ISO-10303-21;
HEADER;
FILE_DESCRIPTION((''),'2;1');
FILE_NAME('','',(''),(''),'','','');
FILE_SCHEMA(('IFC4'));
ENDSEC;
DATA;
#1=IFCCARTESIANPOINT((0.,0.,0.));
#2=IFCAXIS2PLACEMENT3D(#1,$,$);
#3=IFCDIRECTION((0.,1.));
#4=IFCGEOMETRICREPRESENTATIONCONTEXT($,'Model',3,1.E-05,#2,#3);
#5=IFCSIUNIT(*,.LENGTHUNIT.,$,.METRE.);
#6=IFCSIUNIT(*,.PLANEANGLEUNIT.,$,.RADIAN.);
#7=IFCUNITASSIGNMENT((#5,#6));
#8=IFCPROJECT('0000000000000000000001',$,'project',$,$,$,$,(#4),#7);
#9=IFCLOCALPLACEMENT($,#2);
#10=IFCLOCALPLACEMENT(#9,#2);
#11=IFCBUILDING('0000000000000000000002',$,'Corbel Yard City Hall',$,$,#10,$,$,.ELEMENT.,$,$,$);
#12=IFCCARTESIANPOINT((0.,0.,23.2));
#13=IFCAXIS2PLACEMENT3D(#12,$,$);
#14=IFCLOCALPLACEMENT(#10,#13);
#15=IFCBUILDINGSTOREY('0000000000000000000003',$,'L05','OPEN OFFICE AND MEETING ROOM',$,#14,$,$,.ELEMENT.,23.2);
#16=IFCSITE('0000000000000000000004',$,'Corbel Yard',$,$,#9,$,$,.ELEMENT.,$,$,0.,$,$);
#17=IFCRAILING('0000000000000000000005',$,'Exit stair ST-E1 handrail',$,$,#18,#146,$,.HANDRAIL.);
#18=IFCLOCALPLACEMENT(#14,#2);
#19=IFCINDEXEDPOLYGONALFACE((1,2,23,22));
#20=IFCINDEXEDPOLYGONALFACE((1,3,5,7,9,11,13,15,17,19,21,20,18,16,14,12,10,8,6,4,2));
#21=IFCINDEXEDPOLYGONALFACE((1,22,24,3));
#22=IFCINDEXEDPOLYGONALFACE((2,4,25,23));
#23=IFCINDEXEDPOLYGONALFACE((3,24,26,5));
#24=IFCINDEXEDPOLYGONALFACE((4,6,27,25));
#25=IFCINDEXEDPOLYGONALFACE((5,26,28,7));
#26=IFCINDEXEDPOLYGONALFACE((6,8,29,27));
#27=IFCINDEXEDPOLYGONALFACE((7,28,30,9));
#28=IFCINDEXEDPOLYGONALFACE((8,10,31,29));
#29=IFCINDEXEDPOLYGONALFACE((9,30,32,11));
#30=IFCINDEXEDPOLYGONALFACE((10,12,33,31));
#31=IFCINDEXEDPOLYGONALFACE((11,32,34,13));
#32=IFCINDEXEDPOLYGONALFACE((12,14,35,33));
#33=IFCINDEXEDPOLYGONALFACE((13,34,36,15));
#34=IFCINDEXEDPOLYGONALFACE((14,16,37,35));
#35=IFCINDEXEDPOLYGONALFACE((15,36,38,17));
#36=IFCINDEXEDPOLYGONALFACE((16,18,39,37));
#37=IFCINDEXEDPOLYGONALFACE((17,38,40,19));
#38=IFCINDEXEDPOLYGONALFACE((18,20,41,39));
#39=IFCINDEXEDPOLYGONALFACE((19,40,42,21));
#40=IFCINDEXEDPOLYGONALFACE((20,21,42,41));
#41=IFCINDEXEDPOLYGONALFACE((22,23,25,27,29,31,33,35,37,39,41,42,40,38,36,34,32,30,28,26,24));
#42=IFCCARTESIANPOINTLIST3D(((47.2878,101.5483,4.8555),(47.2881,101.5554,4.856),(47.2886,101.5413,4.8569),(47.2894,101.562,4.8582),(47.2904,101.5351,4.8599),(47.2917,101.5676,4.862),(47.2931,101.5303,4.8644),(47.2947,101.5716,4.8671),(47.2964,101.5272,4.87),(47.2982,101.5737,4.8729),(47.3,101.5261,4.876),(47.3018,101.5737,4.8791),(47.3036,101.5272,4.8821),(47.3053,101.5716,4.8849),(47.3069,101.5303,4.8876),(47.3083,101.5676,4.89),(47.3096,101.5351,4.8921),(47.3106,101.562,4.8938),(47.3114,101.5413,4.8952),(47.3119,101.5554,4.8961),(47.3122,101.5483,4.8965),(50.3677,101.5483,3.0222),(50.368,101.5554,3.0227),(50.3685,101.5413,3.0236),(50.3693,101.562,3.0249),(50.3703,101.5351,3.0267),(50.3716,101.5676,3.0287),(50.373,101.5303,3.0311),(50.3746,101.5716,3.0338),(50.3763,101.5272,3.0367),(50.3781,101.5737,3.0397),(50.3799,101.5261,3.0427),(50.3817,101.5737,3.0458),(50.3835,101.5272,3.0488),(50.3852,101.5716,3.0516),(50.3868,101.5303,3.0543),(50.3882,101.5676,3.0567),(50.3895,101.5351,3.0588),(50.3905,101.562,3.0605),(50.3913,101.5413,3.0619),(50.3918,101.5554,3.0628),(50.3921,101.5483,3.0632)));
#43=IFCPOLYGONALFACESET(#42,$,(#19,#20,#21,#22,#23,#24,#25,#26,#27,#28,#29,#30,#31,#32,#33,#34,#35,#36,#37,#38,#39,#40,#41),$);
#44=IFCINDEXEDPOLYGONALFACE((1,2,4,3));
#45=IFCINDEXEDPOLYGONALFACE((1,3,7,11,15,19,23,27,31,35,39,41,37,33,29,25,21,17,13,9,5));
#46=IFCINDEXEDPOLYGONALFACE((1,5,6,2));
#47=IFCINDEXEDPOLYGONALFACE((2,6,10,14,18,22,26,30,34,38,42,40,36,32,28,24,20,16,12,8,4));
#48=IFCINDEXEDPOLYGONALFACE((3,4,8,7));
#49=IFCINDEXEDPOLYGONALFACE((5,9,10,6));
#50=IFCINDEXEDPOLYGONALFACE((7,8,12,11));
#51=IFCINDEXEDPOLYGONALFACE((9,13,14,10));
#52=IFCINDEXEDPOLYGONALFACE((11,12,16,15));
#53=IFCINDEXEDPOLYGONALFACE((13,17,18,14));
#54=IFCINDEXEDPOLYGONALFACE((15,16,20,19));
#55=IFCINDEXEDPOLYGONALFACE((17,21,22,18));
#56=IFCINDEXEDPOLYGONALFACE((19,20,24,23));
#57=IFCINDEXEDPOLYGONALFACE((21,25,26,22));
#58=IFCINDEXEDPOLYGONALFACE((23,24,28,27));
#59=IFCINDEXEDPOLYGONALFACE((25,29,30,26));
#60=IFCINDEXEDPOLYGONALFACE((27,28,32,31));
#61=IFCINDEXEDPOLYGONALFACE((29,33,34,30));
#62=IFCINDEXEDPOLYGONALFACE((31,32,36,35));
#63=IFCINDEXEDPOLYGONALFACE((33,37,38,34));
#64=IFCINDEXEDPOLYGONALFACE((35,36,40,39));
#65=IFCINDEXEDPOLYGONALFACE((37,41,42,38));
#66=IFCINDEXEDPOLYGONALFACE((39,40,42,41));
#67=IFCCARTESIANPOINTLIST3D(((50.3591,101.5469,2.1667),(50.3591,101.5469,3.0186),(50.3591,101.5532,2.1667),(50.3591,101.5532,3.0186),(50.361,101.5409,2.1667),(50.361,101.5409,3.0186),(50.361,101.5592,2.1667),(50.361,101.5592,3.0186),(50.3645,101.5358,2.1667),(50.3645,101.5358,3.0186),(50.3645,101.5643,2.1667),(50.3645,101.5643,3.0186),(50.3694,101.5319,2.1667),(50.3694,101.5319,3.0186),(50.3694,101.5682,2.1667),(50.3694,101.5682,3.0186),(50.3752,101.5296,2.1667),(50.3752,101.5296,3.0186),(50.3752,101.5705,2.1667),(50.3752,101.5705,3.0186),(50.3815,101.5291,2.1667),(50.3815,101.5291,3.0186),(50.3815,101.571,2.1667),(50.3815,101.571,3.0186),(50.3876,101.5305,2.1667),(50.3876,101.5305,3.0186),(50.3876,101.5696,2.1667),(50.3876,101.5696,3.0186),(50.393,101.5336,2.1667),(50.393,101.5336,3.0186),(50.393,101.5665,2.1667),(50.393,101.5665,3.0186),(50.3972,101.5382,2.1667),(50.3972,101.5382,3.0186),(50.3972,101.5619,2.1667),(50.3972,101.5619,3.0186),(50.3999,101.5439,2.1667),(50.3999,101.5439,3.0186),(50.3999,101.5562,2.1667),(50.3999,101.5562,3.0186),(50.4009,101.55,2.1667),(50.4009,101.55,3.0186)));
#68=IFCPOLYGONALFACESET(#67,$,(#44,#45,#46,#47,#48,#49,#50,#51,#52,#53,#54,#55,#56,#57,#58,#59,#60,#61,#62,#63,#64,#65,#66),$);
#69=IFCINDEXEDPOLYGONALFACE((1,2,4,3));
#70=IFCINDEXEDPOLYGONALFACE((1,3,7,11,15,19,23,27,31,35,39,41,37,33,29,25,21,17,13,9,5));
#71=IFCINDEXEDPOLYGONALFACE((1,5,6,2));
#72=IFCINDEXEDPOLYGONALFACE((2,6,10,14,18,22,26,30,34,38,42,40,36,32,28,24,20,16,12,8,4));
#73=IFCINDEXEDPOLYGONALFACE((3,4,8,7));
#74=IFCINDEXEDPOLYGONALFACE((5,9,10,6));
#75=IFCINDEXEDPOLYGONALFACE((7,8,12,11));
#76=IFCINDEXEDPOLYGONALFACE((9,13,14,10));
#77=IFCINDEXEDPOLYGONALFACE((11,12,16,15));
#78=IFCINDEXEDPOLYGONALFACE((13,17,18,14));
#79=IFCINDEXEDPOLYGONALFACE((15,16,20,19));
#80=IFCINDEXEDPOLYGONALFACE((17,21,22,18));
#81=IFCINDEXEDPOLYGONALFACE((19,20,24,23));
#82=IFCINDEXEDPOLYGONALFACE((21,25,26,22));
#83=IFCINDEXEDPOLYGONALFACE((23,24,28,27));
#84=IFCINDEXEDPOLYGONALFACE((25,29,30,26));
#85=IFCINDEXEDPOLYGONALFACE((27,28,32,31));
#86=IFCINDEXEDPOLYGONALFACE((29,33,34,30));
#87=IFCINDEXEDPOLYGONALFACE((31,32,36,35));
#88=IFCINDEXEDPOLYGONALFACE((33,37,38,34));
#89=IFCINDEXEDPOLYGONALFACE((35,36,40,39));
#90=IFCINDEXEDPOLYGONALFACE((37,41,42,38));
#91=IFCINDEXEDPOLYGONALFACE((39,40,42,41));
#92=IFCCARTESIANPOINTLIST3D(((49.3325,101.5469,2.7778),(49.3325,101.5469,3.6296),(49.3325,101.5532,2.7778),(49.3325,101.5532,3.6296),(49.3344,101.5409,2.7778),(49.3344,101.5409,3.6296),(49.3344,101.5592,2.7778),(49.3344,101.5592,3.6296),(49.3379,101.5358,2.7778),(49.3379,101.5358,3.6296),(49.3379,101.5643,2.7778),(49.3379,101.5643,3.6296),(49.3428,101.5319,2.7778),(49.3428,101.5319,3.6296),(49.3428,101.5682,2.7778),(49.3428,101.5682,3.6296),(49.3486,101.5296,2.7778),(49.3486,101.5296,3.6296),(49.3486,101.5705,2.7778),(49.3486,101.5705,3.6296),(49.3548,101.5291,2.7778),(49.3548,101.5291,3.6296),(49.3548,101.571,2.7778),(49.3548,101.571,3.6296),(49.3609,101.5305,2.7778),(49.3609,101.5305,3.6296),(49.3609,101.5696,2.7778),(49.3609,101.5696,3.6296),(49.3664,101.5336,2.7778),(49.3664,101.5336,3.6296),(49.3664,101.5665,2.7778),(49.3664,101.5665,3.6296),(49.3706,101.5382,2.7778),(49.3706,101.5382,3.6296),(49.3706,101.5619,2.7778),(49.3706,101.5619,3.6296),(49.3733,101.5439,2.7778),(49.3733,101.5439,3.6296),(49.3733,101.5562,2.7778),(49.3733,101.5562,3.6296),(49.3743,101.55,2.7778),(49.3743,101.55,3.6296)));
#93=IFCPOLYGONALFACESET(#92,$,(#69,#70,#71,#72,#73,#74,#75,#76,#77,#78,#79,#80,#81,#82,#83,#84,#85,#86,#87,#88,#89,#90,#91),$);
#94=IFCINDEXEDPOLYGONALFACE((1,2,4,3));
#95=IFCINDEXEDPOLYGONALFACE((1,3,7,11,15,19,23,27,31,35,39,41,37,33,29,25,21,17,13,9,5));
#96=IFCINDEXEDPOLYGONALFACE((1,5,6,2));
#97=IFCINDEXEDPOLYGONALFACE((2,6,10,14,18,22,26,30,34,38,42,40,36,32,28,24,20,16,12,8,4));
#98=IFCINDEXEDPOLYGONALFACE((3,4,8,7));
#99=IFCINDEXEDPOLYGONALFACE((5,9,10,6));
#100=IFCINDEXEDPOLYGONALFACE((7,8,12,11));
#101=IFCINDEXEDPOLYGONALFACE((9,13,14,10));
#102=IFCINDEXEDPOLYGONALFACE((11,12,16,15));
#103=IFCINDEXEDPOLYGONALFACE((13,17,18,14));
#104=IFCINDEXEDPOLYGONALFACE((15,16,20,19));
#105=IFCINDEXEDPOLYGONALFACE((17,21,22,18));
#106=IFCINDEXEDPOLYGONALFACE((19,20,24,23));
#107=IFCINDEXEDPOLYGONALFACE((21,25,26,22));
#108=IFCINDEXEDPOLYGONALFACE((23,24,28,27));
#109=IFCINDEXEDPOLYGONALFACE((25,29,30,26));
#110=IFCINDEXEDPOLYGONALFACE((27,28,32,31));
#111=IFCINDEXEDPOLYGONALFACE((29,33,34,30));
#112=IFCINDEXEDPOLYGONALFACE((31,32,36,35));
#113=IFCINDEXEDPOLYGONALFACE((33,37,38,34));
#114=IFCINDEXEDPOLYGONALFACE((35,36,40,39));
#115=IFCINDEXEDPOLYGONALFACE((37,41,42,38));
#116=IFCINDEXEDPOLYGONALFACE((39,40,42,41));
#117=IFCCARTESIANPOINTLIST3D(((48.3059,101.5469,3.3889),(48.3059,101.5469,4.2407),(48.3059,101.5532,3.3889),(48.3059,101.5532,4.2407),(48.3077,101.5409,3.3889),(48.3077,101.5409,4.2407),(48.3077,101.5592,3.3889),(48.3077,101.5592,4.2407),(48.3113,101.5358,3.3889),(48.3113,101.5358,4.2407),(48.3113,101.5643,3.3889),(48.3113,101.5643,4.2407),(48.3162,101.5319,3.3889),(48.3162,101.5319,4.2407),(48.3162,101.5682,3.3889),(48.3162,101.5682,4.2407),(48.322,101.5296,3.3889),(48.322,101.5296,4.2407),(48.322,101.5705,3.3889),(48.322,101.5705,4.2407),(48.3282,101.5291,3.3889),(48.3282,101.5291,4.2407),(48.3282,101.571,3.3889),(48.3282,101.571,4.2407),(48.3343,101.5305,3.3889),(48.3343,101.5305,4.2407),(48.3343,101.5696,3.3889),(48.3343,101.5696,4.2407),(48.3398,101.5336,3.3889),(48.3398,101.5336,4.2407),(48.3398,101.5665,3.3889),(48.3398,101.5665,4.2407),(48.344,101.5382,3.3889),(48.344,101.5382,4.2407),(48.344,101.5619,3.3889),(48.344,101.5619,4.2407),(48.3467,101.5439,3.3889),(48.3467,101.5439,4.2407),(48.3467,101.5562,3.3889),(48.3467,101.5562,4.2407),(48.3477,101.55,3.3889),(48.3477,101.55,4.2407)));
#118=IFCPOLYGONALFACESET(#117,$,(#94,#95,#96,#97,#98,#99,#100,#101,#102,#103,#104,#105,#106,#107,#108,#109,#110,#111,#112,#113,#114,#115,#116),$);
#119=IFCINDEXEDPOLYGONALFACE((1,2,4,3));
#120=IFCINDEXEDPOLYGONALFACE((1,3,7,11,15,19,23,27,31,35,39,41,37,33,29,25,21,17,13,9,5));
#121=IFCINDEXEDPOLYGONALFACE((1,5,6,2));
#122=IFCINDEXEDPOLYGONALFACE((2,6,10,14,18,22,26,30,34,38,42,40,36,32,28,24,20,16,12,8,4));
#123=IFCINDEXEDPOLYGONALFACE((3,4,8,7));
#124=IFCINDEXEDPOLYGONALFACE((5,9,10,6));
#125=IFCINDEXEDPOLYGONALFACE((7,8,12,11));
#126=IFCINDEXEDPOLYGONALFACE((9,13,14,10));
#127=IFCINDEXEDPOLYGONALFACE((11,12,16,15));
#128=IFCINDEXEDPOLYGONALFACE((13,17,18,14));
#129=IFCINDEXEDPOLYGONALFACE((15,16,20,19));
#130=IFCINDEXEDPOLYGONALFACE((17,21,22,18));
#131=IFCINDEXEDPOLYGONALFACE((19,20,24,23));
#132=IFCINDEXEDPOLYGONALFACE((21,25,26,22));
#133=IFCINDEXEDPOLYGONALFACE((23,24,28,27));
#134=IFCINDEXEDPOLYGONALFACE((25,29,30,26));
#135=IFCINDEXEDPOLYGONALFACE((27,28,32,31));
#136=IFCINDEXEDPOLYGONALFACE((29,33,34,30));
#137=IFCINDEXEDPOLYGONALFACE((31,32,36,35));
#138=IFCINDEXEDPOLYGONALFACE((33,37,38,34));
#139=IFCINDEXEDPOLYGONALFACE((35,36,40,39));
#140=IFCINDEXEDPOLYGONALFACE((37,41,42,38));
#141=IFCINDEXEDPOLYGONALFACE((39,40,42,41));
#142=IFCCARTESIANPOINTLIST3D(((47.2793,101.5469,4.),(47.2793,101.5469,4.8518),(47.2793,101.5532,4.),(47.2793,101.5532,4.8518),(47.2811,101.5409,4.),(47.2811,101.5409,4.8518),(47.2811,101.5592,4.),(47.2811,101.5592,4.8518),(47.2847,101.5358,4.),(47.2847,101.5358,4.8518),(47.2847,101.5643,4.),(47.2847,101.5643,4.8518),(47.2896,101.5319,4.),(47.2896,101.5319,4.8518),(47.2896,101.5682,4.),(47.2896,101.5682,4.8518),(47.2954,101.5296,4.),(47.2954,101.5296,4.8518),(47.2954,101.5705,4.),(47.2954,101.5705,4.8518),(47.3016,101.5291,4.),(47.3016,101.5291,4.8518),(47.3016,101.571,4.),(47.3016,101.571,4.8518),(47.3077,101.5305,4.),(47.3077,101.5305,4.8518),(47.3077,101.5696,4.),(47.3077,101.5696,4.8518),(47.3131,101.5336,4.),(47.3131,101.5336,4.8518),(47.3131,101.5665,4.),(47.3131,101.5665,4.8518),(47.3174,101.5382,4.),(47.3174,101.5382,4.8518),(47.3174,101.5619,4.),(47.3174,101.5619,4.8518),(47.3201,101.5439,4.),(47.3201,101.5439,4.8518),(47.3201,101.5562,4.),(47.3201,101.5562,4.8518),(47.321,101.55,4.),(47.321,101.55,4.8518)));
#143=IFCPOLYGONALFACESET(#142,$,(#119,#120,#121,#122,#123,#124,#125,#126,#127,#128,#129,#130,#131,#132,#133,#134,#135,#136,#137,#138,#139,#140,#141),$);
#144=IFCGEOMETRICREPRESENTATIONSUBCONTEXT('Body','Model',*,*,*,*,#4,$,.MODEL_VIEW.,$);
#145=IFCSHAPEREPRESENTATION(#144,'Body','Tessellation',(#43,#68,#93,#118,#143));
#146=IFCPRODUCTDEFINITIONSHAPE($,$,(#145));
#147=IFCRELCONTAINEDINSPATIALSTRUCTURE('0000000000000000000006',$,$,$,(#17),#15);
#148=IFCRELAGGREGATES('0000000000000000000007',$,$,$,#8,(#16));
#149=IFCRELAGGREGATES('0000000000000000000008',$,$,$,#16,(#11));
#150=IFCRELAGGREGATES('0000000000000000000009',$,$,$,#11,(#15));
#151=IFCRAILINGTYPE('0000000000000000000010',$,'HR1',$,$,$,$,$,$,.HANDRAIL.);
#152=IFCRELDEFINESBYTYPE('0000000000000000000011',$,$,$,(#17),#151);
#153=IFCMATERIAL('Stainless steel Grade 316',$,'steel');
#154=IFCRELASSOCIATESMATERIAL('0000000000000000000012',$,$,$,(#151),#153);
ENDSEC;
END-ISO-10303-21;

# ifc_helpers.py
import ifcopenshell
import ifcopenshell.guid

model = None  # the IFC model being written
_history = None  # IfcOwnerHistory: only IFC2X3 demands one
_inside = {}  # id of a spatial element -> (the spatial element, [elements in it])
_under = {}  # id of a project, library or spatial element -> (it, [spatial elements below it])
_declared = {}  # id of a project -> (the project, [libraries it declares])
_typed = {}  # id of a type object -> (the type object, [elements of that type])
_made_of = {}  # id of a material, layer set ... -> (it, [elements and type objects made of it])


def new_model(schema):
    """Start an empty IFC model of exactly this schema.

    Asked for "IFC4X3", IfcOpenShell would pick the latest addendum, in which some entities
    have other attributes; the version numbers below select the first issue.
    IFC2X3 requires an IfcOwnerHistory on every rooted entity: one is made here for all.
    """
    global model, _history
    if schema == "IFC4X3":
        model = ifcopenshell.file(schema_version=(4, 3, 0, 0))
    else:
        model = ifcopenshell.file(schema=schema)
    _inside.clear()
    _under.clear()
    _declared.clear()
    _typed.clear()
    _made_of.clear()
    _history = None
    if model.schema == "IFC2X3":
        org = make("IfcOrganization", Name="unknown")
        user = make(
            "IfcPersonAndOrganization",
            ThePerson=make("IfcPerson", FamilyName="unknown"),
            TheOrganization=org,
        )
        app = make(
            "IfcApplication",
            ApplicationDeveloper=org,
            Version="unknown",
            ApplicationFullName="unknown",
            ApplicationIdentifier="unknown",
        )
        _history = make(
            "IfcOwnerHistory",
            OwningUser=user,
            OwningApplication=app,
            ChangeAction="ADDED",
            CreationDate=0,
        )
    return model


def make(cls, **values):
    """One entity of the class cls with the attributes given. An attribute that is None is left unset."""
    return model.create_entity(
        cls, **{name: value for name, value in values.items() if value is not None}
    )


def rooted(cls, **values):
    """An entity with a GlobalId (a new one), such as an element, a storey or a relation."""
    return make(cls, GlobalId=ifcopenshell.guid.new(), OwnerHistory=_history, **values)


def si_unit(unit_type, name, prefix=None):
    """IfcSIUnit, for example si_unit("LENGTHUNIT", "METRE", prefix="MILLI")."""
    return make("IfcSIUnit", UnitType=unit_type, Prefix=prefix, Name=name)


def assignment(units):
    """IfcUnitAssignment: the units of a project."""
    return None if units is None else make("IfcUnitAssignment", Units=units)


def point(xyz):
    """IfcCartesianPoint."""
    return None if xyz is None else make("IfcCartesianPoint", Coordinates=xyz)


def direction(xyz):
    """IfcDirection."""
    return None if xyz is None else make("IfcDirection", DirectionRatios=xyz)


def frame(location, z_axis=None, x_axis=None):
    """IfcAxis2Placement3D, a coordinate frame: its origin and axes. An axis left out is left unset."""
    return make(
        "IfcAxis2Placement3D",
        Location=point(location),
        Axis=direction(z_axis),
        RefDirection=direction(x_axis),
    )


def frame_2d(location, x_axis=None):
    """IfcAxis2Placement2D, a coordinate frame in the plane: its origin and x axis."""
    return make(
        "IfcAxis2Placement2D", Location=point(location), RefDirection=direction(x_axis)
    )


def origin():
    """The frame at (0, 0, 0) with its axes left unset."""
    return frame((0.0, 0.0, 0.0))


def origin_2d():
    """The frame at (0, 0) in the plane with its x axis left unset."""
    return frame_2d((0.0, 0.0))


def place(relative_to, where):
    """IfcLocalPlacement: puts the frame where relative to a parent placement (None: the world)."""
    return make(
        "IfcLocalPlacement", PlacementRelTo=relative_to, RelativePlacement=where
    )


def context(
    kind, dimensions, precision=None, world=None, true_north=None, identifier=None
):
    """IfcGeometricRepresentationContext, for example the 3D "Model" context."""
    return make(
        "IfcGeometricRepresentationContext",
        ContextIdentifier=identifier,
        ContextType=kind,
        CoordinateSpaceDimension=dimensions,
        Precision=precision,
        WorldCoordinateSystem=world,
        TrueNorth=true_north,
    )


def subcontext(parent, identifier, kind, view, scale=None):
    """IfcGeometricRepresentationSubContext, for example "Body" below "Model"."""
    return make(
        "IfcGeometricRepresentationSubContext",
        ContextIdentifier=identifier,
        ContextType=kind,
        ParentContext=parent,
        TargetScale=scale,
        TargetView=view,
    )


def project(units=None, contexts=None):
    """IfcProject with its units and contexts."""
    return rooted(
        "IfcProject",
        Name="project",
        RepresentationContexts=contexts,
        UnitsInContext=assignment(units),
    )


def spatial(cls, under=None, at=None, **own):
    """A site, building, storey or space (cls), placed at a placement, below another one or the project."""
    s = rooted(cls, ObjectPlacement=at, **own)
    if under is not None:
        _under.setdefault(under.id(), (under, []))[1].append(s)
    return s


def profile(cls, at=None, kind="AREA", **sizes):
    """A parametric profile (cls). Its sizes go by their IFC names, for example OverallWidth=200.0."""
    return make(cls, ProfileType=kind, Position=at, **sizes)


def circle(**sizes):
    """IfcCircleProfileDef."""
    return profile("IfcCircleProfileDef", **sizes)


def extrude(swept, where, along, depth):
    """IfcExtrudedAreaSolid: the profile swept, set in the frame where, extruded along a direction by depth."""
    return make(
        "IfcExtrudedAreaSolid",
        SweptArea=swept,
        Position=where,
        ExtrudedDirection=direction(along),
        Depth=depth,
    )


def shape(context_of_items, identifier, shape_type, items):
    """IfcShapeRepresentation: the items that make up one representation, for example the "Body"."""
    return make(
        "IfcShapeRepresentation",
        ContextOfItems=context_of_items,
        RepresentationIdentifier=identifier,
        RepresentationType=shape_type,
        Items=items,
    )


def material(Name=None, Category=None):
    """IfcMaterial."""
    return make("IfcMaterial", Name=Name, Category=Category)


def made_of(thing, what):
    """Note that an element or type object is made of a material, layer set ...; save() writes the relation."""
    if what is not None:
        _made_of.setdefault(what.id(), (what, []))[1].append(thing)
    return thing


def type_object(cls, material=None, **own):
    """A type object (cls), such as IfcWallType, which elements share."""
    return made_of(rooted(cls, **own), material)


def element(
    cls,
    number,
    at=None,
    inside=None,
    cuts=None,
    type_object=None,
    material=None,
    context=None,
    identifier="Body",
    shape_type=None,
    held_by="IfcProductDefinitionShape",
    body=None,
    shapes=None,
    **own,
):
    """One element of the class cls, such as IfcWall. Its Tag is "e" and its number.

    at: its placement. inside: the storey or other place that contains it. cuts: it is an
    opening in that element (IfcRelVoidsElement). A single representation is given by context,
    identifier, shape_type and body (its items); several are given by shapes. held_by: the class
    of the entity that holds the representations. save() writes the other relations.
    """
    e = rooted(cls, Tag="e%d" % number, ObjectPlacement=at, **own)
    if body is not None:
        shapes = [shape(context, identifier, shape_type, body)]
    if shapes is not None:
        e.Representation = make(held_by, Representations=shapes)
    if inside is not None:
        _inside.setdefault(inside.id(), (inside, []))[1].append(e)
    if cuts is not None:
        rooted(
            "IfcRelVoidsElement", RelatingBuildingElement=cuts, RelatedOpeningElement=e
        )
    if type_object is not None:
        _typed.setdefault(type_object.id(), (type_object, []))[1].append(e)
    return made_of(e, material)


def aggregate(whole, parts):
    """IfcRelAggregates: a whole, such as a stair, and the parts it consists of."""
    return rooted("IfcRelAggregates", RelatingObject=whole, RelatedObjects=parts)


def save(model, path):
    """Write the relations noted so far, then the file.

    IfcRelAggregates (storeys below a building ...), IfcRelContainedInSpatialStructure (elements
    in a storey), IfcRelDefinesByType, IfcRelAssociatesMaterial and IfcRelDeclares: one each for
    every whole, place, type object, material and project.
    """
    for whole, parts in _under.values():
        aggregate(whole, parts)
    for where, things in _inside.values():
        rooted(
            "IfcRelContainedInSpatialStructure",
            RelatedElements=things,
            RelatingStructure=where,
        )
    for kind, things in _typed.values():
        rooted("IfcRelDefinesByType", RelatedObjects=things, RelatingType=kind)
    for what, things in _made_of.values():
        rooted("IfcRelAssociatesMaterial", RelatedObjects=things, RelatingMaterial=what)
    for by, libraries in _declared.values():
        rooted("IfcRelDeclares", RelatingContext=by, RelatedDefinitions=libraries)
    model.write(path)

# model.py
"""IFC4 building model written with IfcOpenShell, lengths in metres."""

from ifc_helpers import new_model, si_unit, direction, frame, origin, origin_2d, place, context, subcontext, project, spatial, circle, extrude, material, type_object, element, save


model = new_model("IFC4")

# Units and contexts
model_context = context("Model", 3, precision=1e-05, world=origin(), true_north=direction((0.0, 1.0)))
body_context = subcontext(model_context, "Body", "Model", "MODEL_VIEW")
ifc_project = project(units=[si_unit("LENGTHUNIT", "METRE"), si_unit("PLANEANGLEUNIT", "RADIAN")], contexts=[model_context])

# Site, building, storey
site_placement = place(None, origin())
site = spatial("IfcSite", under=ifc_project, at=site_placement, Name="Corbel Yard", CompositionType="ELEMENT", RefElevation=0.0)
building_placement = place(site_placement, origin())
building = spatial("IfcBuilding", under=site, at=building_placement, Name="Corbel Yard City Hall", CompositionType="ELEMENT")
storey_placement = place(building_placement, frame((0.0, 0.0, 23.2)))
storey = spatial("IfcBuildingStorey", under=building, at=storey_placement, Name="L05", Description="OPEN OFFICE AND MEETING ROOM", CompositionType="ELEMENT", Elevation=23.2)

# Railing
ifc_material_1 = material(Name="Stainless steel Grade 316", Category="steel")
railing_type = type_object("IfcRailingType", Name="HR1", PredefinedType="HANDRAIL", material=ifc_material_1)
for number, where, name in (
    (1, (50.3799, 101.55, 2.1667), "Exit stair ST-E1 handrail"),
):
    element("IfcRailing", number, at=place(storey_placement, frame(where)), inside=storey, type_object=railing_type, Name=name, PredefinedType="HANDRAIL", context=body_context, shape_type="SweptSolid", body=[
        extrude(circle(Radius=0.0239, at=origin_2d()), frame((0.0, 0.0, 0.876), z_axis=(-0.859291, 0.0, 0.511487), x_axis=(0.0, -1.0, 0.0)), (0.0, 0.0, 1.0), 3.5842),
        extrude(circle(Radius=0.021, at=origin_2d()), origin(), (0.0, 0.0, 1.0), 0.8518),
        extrude(circle(Radius=0.021, at=origin_2d()), frame((-1.0266, 0.0, 0.6111)), (0.0, 0.0, 1.0), 0.8518),
        extrude(circle(Radius=0.021, at=origin_2d()), frame((-2.0532, 0.0, 1.2222)), (0.0, 0.0, 1.0), 0.8518),
        extrude(circle(Radius=0.021, at=origin_2d()), frame((-3.0798, 0.0, 1.8333)), (0.0, 0.0, 1.0), 0.8518),
    ])

save(model, "model.ifc")
